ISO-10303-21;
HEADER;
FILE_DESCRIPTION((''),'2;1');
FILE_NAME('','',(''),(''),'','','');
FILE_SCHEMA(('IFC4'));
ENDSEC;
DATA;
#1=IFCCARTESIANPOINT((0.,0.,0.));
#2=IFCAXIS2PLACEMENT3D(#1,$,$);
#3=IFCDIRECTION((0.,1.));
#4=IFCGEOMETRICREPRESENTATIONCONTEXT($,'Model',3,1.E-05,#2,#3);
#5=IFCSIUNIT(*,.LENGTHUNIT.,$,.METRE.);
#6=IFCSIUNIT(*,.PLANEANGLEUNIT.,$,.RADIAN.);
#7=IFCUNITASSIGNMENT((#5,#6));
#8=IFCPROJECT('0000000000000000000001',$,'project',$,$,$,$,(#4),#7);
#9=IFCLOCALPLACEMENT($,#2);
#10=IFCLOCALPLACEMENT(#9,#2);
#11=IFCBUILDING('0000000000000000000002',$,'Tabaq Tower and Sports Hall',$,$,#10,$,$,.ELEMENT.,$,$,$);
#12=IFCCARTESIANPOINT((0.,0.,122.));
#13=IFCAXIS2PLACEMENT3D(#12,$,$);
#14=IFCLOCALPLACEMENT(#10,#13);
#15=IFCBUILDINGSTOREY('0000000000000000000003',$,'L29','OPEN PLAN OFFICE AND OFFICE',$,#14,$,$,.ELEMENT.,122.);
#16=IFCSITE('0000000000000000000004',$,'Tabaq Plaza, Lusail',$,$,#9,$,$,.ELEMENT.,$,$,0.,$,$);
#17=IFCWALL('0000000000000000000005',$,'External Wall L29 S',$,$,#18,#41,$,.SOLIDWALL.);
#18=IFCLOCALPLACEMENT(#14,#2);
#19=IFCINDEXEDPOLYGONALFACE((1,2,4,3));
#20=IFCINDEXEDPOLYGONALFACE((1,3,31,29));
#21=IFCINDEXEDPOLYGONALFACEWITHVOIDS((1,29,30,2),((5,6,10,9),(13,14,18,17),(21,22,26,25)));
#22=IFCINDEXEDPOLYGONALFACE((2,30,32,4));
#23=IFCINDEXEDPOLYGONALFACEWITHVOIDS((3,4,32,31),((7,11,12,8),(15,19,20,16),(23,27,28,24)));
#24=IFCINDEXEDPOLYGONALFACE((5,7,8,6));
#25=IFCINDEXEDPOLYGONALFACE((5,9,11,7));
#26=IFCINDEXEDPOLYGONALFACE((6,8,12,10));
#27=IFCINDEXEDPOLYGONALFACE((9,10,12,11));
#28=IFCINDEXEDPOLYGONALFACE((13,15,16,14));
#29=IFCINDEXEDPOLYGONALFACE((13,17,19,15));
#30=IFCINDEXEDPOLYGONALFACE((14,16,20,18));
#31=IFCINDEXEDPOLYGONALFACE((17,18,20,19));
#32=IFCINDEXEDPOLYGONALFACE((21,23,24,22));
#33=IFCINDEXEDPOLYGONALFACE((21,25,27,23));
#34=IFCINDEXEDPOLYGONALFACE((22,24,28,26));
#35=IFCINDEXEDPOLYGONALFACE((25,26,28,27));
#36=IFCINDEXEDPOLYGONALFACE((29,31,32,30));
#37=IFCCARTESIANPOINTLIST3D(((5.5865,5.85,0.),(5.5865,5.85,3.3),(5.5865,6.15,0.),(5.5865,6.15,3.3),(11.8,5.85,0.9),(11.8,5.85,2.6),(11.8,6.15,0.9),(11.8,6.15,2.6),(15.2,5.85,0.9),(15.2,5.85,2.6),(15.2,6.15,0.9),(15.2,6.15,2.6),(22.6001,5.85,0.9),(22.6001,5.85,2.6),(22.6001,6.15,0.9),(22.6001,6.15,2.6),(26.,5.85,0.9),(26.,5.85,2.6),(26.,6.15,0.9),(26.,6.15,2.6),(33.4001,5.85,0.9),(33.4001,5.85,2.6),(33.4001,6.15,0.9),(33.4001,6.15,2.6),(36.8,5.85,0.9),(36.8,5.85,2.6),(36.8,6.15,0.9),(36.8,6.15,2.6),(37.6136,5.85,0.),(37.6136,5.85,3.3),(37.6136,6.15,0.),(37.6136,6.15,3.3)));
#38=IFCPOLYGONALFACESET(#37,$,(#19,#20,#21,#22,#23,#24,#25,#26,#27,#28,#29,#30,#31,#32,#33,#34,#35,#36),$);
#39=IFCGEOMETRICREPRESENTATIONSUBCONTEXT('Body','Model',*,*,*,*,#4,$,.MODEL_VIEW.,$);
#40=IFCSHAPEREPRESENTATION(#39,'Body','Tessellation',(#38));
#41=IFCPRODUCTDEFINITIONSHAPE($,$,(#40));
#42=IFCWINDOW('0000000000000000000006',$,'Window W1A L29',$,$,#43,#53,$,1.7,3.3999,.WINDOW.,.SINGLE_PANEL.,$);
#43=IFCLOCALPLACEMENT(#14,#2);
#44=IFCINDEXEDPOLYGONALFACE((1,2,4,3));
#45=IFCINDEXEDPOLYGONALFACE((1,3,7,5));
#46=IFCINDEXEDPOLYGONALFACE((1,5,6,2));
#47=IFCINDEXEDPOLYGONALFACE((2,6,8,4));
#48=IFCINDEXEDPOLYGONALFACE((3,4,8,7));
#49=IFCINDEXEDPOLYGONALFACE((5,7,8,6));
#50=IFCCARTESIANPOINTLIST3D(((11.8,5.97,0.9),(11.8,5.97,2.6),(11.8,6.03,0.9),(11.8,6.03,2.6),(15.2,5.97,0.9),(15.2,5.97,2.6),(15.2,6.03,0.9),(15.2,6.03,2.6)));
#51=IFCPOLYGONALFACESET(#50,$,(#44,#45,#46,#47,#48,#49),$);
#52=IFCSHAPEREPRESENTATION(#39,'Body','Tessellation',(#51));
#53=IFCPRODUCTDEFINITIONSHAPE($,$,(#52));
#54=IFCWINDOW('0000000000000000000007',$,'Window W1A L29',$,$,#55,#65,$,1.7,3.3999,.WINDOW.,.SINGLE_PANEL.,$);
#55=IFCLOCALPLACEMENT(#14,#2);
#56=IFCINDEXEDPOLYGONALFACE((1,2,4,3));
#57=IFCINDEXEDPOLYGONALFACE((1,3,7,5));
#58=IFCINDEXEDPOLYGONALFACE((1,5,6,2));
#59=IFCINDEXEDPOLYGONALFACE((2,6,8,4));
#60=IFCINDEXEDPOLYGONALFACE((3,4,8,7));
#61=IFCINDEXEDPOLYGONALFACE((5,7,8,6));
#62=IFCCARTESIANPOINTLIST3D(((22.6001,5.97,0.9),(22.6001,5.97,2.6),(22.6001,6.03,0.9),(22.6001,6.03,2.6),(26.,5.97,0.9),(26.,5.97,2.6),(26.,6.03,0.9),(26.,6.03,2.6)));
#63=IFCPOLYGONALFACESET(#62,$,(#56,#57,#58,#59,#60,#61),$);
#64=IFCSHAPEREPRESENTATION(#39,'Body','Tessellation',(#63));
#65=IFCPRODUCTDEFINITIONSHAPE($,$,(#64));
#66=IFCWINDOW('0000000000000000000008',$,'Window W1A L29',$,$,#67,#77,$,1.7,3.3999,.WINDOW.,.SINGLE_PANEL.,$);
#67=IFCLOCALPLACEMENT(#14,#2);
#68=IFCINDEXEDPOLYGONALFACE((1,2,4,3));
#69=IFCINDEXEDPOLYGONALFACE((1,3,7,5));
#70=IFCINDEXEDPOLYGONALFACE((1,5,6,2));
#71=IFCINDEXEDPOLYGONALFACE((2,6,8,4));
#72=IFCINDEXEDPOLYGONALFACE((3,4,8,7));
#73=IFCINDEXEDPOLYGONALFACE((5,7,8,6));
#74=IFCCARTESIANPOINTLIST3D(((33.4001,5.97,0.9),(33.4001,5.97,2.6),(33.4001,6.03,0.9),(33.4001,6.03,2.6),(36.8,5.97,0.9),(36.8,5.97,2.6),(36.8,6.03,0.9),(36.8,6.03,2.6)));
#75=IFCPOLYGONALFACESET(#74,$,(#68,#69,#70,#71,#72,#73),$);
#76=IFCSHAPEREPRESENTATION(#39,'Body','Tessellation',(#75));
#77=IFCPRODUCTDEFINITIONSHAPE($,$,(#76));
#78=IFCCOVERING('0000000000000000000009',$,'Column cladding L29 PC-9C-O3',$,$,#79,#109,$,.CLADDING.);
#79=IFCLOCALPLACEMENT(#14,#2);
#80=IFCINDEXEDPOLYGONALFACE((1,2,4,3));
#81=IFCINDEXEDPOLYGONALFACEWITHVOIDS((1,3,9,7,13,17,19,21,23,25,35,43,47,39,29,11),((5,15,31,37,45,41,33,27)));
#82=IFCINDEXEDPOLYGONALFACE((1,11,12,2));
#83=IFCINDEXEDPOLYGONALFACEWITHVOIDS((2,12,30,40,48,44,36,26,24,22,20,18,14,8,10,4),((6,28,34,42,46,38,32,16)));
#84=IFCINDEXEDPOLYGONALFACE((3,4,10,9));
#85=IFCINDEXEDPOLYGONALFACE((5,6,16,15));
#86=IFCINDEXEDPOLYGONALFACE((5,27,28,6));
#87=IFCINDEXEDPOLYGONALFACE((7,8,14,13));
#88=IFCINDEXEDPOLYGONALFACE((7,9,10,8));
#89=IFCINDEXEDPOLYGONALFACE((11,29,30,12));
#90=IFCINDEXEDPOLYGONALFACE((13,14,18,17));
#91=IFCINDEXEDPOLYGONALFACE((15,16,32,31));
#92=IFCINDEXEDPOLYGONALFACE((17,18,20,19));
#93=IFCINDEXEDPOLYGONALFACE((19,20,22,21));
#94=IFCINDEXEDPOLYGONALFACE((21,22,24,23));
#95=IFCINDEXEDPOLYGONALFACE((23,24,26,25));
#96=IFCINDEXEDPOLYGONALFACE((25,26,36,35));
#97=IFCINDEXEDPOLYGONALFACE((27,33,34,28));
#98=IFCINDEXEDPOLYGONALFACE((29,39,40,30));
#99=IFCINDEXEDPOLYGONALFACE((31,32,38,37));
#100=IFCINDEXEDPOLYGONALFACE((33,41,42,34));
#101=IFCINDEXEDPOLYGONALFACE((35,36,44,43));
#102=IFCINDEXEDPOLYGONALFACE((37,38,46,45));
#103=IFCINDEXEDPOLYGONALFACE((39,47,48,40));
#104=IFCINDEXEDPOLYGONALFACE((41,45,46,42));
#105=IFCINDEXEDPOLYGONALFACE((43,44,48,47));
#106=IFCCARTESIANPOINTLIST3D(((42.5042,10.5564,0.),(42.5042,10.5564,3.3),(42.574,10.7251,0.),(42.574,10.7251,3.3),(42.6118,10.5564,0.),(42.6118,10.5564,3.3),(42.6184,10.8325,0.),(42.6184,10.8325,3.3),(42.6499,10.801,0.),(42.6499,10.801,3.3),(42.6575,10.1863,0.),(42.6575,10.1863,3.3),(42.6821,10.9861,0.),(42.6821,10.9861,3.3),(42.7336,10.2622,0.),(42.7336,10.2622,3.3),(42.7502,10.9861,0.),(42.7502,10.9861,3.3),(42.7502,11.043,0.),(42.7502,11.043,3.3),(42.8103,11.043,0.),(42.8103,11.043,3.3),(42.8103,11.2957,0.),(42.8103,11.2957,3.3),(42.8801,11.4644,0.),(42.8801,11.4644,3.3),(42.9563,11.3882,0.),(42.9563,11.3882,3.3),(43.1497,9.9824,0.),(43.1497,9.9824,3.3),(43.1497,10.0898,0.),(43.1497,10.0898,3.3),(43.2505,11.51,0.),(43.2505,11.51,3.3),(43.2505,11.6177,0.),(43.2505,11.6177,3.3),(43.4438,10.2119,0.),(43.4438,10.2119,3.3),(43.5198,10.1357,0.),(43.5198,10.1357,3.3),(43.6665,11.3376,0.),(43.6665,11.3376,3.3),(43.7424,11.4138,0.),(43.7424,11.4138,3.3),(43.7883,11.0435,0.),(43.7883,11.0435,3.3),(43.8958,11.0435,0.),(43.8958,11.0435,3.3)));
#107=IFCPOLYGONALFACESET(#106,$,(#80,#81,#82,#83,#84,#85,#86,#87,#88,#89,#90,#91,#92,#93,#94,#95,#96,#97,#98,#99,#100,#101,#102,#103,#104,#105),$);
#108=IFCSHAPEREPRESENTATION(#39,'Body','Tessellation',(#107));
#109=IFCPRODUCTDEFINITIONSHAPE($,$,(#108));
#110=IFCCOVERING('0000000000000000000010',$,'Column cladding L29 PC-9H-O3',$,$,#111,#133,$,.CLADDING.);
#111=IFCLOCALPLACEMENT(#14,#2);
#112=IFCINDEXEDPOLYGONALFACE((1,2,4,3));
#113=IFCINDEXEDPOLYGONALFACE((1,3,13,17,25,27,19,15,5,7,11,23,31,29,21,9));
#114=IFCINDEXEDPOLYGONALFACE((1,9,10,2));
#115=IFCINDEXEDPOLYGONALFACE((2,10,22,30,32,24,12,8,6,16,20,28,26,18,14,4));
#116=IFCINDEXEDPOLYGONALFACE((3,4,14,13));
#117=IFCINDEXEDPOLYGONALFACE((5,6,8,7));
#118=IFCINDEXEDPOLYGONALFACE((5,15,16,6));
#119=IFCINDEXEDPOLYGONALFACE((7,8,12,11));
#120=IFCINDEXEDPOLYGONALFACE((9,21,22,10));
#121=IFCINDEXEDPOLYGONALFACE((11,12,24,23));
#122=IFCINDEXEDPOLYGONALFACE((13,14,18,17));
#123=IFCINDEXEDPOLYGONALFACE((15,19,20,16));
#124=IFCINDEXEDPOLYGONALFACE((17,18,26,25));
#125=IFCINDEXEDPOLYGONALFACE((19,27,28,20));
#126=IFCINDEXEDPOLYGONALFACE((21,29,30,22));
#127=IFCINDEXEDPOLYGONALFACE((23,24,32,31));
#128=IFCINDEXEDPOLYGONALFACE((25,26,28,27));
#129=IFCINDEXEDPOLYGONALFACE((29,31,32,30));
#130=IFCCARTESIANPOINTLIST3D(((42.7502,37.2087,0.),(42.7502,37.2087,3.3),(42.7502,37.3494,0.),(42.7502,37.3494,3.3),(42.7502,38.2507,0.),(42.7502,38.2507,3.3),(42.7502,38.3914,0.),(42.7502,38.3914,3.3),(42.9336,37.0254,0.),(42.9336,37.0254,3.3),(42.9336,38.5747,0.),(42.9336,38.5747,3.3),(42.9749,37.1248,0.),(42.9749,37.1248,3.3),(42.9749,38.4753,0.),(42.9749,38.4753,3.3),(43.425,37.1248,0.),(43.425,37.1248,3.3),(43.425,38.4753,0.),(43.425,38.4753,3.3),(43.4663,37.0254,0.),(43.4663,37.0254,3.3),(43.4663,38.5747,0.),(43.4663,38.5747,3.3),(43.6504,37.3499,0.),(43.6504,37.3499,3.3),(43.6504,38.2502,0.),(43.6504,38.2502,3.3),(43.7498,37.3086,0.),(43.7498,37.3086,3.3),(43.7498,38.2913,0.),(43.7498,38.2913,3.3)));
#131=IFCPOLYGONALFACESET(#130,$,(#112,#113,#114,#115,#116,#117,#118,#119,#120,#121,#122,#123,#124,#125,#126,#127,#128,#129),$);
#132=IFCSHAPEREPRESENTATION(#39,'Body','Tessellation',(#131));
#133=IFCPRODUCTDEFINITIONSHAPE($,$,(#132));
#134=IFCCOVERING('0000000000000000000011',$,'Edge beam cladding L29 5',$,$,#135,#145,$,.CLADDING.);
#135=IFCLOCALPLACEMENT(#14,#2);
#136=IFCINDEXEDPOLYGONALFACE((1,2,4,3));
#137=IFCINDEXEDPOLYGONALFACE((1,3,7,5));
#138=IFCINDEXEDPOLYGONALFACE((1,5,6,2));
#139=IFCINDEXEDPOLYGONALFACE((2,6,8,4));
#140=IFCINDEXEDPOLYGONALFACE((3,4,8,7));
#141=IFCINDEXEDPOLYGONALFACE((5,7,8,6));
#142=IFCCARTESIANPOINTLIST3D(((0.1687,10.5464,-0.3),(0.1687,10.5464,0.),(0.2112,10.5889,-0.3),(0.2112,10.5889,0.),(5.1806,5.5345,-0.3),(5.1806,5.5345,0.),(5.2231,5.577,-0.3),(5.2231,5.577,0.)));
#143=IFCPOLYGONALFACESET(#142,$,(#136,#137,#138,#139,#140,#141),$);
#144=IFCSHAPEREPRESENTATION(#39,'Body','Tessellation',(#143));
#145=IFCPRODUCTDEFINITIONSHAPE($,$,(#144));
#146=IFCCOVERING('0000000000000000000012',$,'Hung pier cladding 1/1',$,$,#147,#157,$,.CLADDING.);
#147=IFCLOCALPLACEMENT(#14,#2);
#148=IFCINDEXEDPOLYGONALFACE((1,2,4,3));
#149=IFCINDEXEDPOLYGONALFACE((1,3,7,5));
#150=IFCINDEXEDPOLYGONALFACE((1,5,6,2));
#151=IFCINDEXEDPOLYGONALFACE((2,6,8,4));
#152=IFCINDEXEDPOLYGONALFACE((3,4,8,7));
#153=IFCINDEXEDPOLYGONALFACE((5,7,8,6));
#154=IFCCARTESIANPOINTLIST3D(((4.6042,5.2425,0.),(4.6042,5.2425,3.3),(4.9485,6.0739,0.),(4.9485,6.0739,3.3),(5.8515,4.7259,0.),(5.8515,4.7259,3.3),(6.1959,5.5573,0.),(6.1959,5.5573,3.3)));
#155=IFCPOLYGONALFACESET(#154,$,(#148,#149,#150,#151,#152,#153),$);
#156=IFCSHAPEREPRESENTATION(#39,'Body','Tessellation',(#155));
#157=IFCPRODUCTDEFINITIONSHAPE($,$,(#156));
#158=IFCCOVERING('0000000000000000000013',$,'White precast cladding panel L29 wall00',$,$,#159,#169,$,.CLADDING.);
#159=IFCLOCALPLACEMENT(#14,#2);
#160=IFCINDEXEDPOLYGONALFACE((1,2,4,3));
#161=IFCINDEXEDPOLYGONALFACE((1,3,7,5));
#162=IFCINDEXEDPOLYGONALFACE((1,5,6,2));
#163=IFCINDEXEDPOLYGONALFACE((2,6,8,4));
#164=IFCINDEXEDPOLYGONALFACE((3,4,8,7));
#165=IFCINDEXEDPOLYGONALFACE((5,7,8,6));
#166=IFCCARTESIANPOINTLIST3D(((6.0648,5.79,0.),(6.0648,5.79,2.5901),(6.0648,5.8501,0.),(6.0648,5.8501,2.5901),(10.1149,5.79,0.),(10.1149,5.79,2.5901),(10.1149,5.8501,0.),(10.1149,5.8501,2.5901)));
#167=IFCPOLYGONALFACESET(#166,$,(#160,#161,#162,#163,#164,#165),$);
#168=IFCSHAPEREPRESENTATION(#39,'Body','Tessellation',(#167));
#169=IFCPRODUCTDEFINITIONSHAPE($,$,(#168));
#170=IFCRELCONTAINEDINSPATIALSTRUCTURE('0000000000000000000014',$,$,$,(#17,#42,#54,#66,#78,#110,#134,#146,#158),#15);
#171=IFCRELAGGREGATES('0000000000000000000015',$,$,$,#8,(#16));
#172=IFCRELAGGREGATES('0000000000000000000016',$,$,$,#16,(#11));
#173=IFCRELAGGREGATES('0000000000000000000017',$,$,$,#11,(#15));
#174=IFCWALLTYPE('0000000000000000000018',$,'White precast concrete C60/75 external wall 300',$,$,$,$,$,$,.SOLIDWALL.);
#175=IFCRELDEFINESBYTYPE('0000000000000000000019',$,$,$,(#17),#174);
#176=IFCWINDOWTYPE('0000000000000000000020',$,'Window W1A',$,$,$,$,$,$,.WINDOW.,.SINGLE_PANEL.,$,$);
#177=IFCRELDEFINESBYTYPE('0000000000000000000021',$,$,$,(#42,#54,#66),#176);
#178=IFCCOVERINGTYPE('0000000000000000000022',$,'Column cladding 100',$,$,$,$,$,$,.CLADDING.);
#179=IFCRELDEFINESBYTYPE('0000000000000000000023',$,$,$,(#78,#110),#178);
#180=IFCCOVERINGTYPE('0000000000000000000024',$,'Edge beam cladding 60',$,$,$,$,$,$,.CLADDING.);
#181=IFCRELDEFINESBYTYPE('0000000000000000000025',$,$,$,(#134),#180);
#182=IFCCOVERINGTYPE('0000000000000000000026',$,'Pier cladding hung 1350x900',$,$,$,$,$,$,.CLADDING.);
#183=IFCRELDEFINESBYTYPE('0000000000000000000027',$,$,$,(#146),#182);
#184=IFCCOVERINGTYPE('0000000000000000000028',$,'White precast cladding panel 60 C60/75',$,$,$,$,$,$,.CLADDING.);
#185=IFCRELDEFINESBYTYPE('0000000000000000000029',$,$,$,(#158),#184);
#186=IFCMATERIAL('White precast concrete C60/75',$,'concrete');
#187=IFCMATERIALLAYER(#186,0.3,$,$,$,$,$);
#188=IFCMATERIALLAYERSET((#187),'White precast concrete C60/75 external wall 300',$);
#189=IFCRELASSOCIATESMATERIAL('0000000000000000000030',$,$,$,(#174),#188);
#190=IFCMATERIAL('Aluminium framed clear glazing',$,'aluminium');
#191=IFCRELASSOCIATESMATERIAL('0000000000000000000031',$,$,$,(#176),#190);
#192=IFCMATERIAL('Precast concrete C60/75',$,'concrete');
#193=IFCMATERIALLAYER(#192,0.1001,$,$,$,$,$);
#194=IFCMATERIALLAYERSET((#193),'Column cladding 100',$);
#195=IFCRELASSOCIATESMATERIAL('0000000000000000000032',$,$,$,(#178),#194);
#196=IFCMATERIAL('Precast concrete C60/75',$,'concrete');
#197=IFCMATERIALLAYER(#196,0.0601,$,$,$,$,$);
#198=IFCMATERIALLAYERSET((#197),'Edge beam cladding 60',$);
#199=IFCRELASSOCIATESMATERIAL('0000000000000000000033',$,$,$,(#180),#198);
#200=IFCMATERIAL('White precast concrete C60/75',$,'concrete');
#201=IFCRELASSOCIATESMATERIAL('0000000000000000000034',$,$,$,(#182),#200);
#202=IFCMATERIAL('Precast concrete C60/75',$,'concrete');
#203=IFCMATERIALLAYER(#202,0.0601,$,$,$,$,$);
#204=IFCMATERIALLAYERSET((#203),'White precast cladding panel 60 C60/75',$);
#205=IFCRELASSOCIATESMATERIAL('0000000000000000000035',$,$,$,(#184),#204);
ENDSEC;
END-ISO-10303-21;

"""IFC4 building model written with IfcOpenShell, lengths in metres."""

from ifc_helpers import new_model, si_unit, direction, frame, frame_2d, origin, place, context, subcontext, project, spatial, polyline, rectangle, outline, extrude, material, layer, layer_set, type_object, element, fill, save


model = new_model("IFC4")

# Units and contexts
model_context = context("Model", 3, precision=1e-05, world=origin(), true_north=direction((0.0, 1.0)))
body_context = subcontext(model_context, "Body", "Model", "MODEL_VIEW")
ifc_project = project(units=[si_unit("LENGTHUNIT", "METRE"), si_unit("PLANEANGLEUNIT", "RADIAN")], contexts=[model_context])

# Site, building, storey
site_placement = place(None, origin())
site = spatial("IfcSite", under=ifc_project, at=site_placement, Name="Tabaq Plaza, Lusail", CompositionType="ELEMENT", RefElevation=0.0)
building_placement = place(site_placement, origin())
building = spatial("IfcBuilding", under=site, at=building_placement, Name="Tabaq Tower and Sports Hall", CompositionType="ELEMENT")
storey_placement = place(building_placement, frame((0.0, 0.0, 122.0)))
storey = spatial("IfcBuildingStorey", under=building, at=storey_placement, Name="L29", Description="OPEN PLAN OFFICE AND OFFICE", CompositionType="ELEMENT", Elevation=122.0)

# Wall, openings, windows
ifc_material_1 = material(Name="White precast concrete C60/75", Category="concrete")
ifc_layer_1 = layer(ifc_material_1, 0.3)
ifc_layer_set_1 = layer_set([ifc_layer_1], Name="White precast concrete C60/75 external wall 300")
wall_type_1 = type_object("IfcWallType", Name="White precast concrete C60/75 external wall 300", PredefinedType="SOLIDWALL", material=ifc_layer_set_1)
wall_1_placement = place(storey_placement, frame((5.5864, 6.0, 0.0), z_axis=(0.0, 0.0, 1.0), x_axis=(1.0, 0.0, 0.0)))
wall_1 = element("IfcWall", 1, at=wall_1_placement, inside=storey, type_object=wall_type_1, Name="External Wall L29 S", PredefinedType="SOLIDWALL", context=body_context, shape_type="SweptSolid", body=[
    extrude(rectangle(XDim=32.0271, YDim=0.3, at=frame_2d((16.0137, 0.0))), origin(), (0.0, 0.0, 1.0), 3.3),
])
opening_1_placement = place(wall_1_placement, frame((6.2136, 0.0, 0.8999)))
opening_1 = element("IfcOpeningElement", 2, at=opening_1_placement, cuts=wall_1, PredefinedType="OPENING", context=body_context, shape_type="SweptSolid", body=[
    extrude(rectangle(XDim=3.3999, YDim=1.7, at=frame_2d((1.7, 0.8501))), frame((0.0, 0.1602, 0.0), z_axis=(0.0, -1.0, 0.0), x_axis=(1.0, 0.0, 0.0)), (0.0, 0.0, 1.0), 0.3201),
])
opening_2_placement = place(wall_1_placement, frame((17.0137, 0.0, 0.8999)))
opening_2 = element("IfcOpeningElement", 3, at=opening_2_placement, cuts=wall_1, PredefinedType="OPENING", context=body_context, shape_type="SweptSolid", body=[
    extrude(rectangle(XDim=3.3999, YDim=1.7, at=frame_2d((1.7, 0.8501))), frame((0.0, 0.1602, 0.0), z_axis=(0.0, -1.0, 0.0), x_axis=(1.0, 0.0, 0.0)), (0.0, 0.0, 1.0), 0.3201),
])
opening_3_placement = place(wall_1_placement, frame((27.8137, 0.0, 0.8999)))
opening_3 = element("IfcOpeningElement", 4, at=opening_3_placement, cuts=wall_1, PredefinedType="OPENING", context=body_context, shape_type="SweptSolid", body=[
    extrude(rectangle(XDim=3.3999, YDim=1.7, at=frame_2d((1.7, 0.8501))), frame((0.0, 0.1602, 0.0), z_axis=(0.0, -1.0, 0.0), x_axis=(1.0, 0.0, 0.0)), (0.0, 0.0, 1.0), 0.3201),
])
ifc_material_2 = material(Name="Aluminium framed clear glazing", Category="aluminium")
window_type = type_object("IfcWindowType", Name="Window W1A", PartitioningType="SINGLE_PANEL", PredefinedType="WINDOW", material=ifc_material_2)
window_1_placement = place(opening_1_placement, origin())
window_1 = element("IfcWindow", 5, at=window_1_placement, inside=storey, type_object=window_type, Name="Window W1A L29", OverallHeight=1.7, OverallWidth=3.3999, PartitioningType="SINGLE_PANEL", PredefinedType="WINDOW", context=body_context, shape_type="SweptSolid", body=[
    extrude(rectangle(XDim=3.3999, YDim=1.7, at=frame_2d((1.7, 0.8501))), frame((0.0, 0.03, 0.0), z_axis=(0.0, -1.0, 0.0), x_axis=(1.0, 0.0, 0.0)), (0.0, 0.0, 1.0), 0.0601),
])
fill(opening_1, window_1)
window_2_placement = place(opening_2_placement, origin())
window_2 = element("IfcWindow", 6, at=window_2_placement, inside=storey, type_object=window_type, Name="Window W1A L29", OverallHeight=1.7, OverallWidth=3.3999, PartitioningType="SINGLE_PANEL", PredefinedType="WINDOW", context=body_context, shape_type="SweptSolid", body=[
    extrude(rectangle(XDim=3.3999, YDim=1.7, at=frame_2d((1.7, 0.8501))), frame((0.0, 0.03, 0.0), z_axis=(0.0, -1.0, 0.0), x_axis=(1.0, 0.0, 0.0)), (0.0, 0.0, 1.0), 0.0601),
])
fill(opening_2, window_2)
window_3_placement = place(opening_3_placement, origin())
window_3 = element("IfcWindow", 7, at=window_3_placement, inside=storey, type_object=window_type, Name="Window W1A L29", OverallHeight=1.7, OverallWidth=3.3999, PartitioningType="SINGLE_PANEL", PredefinedType="WINDOW", context=body_context, shape_type="SweptSolid", body=[
    extrude(rectangle(XDim=3.3999, YDim=1.7, at=frame_2d((1.7, 0.8501))), frame((0.0, 0.03, 0.0), z_axis=(0.0, -1.0, 0.0), x_axis=(1.0, 0.0, 0.0)), (0.0, 0.0, 1.0), 0.0601),
])
fill(opening_3, window_3)

# Coverings
ifc_material_3 = material(Name="Precast concrete C60/75", Category="concrete")
ifc_layer_2 = layer(ifc_material_3, 0.1001)
ifc_layer_set_2 = layer_set([ifc_layer_2], Name="Column cladding 100")
covering_type_1 = type_object("IfcCoveringType", Name="Column cladding 100", PredefinedType="CLADDING", material=ifc_layer_set_2)
covering_1_placement = place(storey_placement, origin())
element("IfcCovering", 8, at=covering_1_placement, inside=storey, type_object=covering_type_1, Name="Column cladding L29 PC-9C-O3", PredefinedType="CLADDING", context=body_context, shape_type="SweptSolid", body=[
    extrude(outline(polyline([(42.6575, 10.1863), (42.5042, 10.5564), (42.574, 10.7251), (42.6499, 10.801), (42.6184, 10.8325), (42.6821, 10.9861), (42.7502, 10.9861), (42.7502, 11.043), (42.8103, 11.043), (42.8103, 11.2957), (42.8801, 11.4644), (43.2505, 11.6177), (43.7424, 11.4138), (43.8958, 11.0435), (43.5198, 10.1357), (43.1497, 9.9824), (42.6575, 10.1863)]), holes=[polyline([(43.6665, 11.3376), (43.2505, 11.51), (42.9563, 11.3882), (42.6118, 10.5564), (42.7336, 10.2622), (43.1497, 10.0898), (43.4438, 10.2119), (43.7883, 11.0435), (43.6665, 11.3376)])]), origin(), (0.0, 0.0, 1.0), 3.3),
])
covering_2_placement = place(storey_placement, origin())
element("IfcCovering", 9, at=covering_2_placement, inside=storey, type_object=covering_type_1, Name="Column cladding L29 PC-9H-O3", PredefinedType="CLADDING", context=body_context, shape_type="SweptSolid", body=[
    extrude(outline(polyline([(42.9336, 37.0254), (42.7502, 37.2087), (42.7502, 37.3494), (42.9749, 37.1248), (43.425, 37.1248), (43.6504, 37.3499), (43.6504, 38.2502), (43.425, 38.4753), (42.9749, 38.4753), (42.7502, 38.2507), (42.7502, 38.3914), (42.9336, 38.5747), (43.4663, 38.5747), (43.7498, 38.2913), (43.7498, 37.3086), (43.4663, 37.0254), (42.9336, 37.0254)])), origin(), (0.0, 0.0, 1.0), 3.3),
])
ifc_material_4 = material(Name="Precast concrete C60/75", Category="concrete")
ifc_layer_3 = layer(ifc_material_4, 0.0601)
ifc_layer_set_3 = layer_set([ifc_layer_3], Name="Edge beam cladding 60")
covering_type_2 = type_object("IfcCoveringType", Name="Edge beam cladding 60", PredefinedType="CLADDING", material=ifc_layer_set_3)
covering_3_placement = place(storey_placement, frame((0.1899, 10.5676, -0.3), z_axis=(0.0, 0.0, 1.0), x_axis=(0.707107, -0.707107, 0.0)))
element("IfcCovering", 10, at=covering_3_placement, inside=storey, type_object=covering_type_2, Name="Edge beam cladding L29 5", PredefinedType="CLADDING", context=body_context, shape_type="SweptSolid", body=[
    extrude(rectangle(XDim=7.0879, YDim=0.0601, at=frame_2d((3.5439, 0.0))), origin(), (0.0, 0.0, 1.0), 0.3),
])
ifc_material_5 = material(Name="White precast concrete C60/75", Category="concrete")
covering_type_3 = type_object("IfcCoveringType", Name="Pier cladding hung 1350x900", PredefinedType="CLADDING", material=ifc_material_5)
covering_4_placement = place(storey_placement, frame((4.7764, 5.6582, 0.0), z_axis=(0.0, 0.0, 1.0), x_axis=(0.923893, -0.38265, 0.0)))
element("IfcCovering", 11, at=covering_4_placement, inside=storey, type_object=covering_type_3, Name="Hung pier cladding 1/1", PredefinedType="CLADDING", context=body_context, shape_type="SweptSolid", body=[
    extrude(rectangle(XDim=1.3501, YDim=0.8999, at=frame_2d((0.675, 0.0))), origin(), (0.0, 0.0, 1.0), 3.3),
])
ifc_material_6 = material(Name="Precast concrete C60/75", Category="concrete")
ifc_layer_4 = layer(ifc_material_6, 0.0601)
ifc_layer_set_4 = layer_set([ifc_layer_4], Name="White precast cladding panel 60 C60/75")
covering_type_4 = type_object("IfcCoveringType", Name="White precast cladding panel 60 C60/75", PredefinedType="CLADDING", material=ifc_layer_set_4)
covering_5_placement = place(storey_placement, frame((6.0649, 5.8201, 0.0), z_axis=(0.0, 0.0, 1.0), x_axis=(1.0, 0.0, 0.0)))
element("IfcCovering", 12, at=covering_5_placement, inside=storey, type_object=covering_type_4, Name="White precast cladding panel L29 wall00", PredefinedType="CLADDING", context=body_context, shape_type="SweptSolid", body=[
    extrude(rectangle(XDim=4.05, YDim=0.0601, at=frame_2d((2.0249, 0.0))), origin(), (0.0, 0.0, 1.0), 2.5901),
])

save(model, "model.ifc")
